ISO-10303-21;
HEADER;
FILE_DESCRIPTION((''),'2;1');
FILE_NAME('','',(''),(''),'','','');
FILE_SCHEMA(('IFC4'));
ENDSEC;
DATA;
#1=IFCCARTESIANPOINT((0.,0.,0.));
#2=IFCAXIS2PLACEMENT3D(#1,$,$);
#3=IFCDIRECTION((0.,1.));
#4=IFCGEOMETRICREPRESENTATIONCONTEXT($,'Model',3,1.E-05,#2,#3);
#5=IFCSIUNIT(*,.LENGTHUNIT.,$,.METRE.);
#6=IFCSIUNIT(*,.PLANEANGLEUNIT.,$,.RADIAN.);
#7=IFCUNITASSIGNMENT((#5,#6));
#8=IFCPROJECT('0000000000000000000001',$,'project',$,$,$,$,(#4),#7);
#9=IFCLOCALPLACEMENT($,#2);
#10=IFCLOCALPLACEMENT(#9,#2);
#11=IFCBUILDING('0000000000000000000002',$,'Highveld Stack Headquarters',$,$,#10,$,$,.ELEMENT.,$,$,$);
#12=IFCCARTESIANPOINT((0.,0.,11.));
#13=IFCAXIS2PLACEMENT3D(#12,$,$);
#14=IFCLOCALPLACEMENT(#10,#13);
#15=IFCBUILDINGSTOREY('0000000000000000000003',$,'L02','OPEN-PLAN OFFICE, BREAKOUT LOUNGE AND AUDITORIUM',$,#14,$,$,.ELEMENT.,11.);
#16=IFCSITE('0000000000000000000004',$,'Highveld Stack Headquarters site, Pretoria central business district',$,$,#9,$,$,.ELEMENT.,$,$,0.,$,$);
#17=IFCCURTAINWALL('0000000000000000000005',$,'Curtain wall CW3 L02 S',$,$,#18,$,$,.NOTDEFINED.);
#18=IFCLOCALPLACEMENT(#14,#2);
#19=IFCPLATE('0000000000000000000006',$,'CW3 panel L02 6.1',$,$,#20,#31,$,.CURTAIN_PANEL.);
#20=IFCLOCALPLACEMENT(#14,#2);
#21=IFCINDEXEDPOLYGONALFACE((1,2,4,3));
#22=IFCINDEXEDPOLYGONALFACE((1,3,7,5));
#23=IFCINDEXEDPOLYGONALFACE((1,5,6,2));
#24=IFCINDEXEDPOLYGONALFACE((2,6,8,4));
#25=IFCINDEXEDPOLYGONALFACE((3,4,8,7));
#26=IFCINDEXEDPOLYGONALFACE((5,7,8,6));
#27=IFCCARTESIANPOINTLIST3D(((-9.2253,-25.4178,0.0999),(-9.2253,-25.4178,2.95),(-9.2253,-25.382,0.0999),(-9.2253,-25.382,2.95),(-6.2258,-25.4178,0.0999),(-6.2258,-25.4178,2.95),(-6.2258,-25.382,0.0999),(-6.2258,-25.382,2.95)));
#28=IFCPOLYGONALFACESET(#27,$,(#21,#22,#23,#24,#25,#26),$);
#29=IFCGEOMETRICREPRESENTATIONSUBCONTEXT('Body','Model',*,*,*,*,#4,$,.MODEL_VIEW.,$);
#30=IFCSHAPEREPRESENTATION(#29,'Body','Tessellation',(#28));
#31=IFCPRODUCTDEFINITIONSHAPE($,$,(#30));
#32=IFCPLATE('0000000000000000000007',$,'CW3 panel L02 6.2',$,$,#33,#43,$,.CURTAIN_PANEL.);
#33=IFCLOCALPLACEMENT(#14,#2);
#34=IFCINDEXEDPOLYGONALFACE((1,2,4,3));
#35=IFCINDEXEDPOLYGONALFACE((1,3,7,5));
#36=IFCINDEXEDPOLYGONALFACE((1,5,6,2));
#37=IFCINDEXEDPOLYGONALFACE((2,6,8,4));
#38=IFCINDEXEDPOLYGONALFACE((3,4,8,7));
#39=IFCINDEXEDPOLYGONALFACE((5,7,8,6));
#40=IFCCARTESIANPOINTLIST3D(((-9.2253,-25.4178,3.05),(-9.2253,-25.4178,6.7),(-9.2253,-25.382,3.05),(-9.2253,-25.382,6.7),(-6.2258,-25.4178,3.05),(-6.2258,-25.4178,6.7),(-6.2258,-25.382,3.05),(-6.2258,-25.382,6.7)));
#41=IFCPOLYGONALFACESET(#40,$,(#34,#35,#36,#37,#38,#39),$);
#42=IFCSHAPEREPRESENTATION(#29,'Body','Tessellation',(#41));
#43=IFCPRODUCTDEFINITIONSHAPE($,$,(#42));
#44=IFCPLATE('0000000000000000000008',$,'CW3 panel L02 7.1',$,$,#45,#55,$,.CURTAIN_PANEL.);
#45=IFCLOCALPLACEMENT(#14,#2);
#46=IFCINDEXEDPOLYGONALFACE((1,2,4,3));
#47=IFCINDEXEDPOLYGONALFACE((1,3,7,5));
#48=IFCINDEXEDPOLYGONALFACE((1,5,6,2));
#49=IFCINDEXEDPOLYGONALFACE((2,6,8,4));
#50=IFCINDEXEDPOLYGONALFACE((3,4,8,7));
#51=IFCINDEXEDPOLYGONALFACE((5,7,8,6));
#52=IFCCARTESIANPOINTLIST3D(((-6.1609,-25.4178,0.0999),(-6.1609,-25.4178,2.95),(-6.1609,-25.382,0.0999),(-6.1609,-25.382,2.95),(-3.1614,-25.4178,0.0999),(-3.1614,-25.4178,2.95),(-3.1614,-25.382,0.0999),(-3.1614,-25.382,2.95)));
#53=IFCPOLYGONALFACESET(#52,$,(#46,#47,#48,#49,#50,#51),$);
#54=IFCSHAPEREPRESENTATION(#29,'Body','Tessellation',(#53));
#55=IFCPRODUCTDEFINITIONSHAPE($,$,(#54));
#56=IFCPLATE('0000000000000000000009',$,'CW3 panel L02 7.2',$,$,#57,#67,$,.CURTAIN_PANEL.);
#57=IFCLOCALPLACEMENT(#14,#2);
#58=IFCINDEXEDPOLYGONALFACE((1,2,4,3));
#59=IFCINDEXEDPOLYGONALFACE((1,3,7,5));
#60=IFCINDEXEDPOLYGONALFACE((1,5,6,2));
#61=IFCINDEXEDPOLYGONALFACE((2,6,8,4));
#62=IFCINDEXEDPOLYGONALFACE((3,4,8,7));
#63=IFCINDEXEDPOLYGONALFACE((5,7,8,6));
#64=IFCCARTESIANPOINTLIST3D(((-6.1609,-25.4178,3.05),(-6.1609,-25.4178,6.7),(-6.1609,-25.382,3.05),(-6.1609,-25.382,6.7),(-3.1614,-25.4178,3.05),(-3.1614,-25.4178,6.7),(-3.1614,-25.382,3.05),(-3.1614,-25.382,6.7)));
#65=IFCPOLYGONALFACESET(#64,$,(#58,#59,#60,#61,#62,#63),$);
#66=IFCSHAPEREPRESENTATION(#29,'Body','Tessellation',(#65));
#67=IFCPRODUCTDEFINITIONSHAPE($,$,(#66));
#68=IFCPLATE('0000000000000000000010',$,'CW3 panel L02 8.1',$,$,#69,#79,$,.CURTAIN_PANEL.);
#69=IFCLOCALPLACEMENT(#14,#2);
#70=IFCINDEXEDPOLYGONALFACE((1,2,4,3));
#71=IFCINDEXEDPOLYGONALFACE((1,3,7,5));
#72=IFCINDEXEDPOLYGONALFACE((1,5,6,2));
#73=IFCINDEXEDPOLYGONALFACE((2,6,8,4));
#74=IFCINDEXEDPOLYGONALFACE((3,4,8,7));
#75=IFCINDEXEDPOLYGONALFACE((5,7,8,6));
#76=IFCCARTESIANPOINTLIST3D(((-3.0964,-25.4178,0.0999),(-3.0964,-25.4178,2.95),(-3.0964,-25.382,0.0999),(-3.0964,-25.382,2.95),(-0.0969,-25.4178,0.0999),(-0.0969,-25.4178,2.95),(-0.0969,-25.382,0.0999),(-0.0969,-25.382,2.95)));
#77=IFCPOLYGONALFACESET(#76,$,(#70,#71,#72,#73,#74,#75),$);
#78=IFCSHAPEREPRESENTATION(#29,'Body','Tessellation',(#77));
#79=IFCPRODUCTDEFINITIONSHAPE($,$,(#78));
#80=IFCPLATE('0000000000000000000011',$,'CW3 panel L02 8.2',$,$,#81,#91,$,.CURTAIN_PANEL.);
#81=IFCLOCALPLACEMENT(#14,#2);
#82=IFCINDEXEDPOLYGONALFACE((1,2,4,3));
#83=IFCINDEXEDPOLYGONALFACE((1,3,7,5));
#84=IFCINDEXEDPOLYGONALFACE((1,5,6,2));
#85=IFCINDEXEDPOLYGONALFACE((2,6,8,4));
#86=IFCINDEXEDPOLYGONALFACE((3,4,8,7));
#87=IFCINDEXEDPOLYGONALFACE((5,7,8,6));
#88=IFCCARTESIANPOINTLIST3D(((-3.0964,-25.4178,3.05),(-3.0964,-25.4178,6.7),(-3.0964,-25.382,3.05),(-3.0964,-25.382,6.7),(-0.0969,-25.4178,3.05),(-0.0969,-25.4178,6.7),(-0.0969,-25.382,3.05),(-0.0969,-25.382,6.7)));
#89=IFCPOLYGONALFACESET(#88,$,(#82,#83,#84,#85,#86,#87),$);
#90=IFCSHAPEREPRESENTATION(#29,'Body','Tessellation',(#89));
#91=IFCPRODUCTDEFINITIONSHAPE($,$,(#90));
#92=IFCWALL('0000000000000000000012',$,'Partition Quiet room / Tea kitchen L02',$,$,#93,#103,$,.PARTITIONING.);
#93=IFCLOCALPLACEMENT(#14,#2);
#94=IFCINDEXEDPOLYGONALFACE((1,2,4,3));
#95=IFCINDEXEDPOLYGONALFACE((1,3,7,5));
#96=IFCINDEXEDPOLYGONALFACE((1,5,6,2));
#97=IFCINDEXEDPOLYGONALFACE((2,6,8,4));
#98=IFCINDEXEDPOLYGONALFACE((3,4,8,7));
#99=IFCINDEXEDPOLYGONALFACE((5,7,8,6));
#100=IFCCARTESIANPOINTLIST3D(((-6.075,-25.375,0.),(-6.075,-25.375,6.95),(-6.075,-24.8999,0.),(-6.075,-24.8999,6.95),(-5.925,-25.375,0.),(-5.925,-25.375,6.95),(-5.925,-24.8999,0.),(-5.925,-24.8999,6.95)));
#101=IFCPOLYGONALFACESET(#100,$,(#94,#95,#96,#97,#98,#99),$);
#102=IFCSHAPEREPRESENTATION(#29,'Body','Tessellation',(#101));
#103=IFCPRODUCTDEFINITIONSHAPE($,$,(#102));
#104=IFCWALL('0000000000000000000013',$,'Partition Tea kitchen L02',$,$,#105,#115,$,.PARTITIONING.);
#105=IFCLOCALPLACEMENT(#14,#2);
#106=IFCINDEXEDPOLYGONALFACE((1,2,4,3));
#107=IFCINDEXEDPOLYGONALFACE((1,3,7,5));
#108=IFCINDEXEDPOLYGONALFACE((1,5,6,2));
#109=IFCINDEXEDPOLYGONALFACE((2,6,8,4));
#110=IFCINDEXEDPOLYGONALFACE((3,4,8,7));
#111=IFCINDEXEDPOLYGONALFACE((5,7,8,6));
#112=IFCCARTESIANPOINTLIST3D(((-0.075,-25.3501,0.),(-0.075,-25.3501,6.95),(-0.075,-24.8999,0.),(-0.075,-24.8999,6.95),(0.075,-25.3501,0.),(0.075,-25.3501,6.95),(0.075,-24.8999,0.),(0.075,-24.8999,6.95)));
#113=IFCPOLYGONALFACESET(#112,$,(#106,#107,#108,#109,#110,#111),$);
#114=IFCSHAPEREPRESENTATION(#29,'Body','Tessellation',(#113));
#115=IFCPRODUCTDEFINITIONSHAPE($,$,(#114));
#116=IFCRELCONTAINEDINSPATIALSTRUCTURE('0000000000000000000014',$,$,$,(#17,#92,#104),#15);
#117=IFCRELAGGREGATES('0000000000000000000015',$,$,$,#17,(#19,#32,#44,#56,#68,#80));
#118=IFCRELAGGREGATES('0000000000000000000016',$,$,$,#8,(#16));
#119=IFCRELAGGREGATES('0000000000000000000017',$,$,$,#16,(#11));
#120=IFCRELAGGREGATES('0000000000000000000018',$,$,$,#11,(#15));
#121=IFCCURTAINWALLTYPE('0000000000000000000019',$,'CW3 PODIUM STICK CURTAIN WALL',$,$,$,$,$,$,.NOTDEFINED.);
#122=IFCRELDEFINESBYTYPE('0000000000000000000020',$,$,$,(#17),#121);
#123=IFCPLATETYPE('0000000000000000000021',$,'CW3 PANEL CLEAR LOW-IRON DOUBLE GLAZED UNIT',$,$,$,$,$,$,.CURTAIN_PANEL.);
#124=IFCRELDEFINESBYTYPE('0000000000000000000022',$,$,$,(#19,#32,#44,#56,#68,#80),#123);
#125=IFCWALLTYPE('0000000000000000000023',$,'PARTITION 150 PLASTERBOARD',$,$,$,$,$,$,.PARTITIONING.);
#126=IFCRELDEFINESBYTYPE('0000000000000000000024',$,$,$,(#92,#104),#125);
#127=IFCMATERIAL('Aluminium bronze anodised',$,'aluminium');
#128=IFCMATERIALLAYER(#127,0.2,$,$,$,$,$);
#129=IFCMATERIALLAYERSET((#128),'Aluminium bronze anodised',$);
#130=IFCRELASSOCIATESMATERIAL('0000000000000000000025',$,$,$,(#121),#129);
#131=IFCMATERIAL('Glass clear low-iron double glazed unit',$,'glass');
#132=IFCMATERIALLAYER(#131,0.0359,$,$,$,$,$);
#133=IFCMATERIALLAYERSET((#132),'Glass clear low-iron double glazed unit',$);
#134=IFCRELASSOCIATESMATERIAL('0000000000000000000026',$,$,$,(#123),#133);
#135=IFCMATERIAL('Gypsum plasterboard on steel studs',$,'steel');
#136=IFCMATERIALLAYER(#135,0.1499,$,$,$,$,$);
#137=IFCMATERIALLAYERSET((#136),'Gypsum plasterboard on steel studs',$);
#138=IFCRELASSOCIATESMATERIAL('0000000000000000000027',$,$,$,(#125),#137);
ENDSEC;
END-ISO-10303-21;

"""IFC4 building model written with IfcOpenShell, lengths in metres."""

from ifc_helpers import new_model, si_unit, direction, frame, frame_2d, origin, origin_2d, place, context, subcontext, project, spatial, rectangle, extrude, material, layer, layer_set, type_object, element, aggregate, save


model = new_model("IFC4")

# Units and contexts
model_context = context("Model", 3, precision=1e-05, world=origin(), true_north=direction((0.0, 1.0)))
body_context = subcontext(model_context, "Body", "Model", "MODEL_VIEW")
ifc_project = project(units=[si_unit("LENGTHUNIT", "METRE"), si_unit("PLANEANGLEUNIT", "RADIAN")], contexts=[model_context])

# Site, building, storey
site_placement = place(None, origin())
site = spatial("IfcSite", under=ifc_project, at=site_placement, Name="Highveld Stack Headquarters site, Pretoria central business district", CompositionType="ELEMENT", RefElevation=0.0)
building_placement = place(site_placement, origin())
building = spatial("IfcBuilding", under=site, at=building_placement, Name="Highveld Stack Headquarters", CompositionType="ELEMENT")
storey_placement = place(building_placement, frame((0.0, 0.0, 11.0)))
storey = spatial("IfcBuildingStorey", under=building, at=storey_placement, Name="L02", Description="OPEN-PLAN OFFICE, BREAKOUT LOUNGE AND AUDITORIUM", CompositionType="ELEMENT", Elevation=11.0)

# Curtain wall, plates
ifc_material_1 = material(Name="Aluminium bronze anodised", Category="aluminium")
ifc_layer_1 = layer(ifc_material_1, 0.2)
ifc_layer_set_1 = layer_set([ifc_layer_1], Name="Aluminium bronze anodised")
curtain_wall_type = type_object("IfcCurtainWallType", Name="CW3 PODIUM STICK CURTAIN WALL", PredefinedType="NOTDEFINED", material=ifc_layer_set_1)
curtain_wall_placement = place(storey_placement, origin())
curtain_wall = element("IfcCurtainWall", 1, at=curtain_wall_placement, inside=storey, type_object=curtain_wall_type, Name="Curtain wall CW3 L02 S", PredefinedType="NOTDEFINED")
ifc_material_2 = material(Name="Glass clear low-iron double glazed unit", Category="glass")
ifc_layer_2 = layer(ifc_material_2, 0.0359)
ifc_layer_set_2 = layer_set([ifc_layer_2], Name="Glass clear low-iron double glazed unit")
plate_type = type_object("IfcPlateType", Name="CW3 PANEL CLEAR LOW-IRON DOUBLE GLAZED UNIT", PredefinedType="CURTAIN_PANEL", material=ifc_layer_set_2)
plate_1_placement = place(storey_placement, frame((-7.7256, -25.3999, 0.0999), z_axis=(0.0, 0.0, 1.0), x_axis=(1.0, 0.0, 0.0)))
plate_1 = element("IfcPlate", 2, at=plate_1_placement, type_object=plate_type, Name="CW3 panel L02 6.1", PredefinedType="CURTAIN_PANEL", context=body_context, shape_type="SweptSolid", body=[
    extrude(rectangle(XDim=2.9995, YDim=0.0359, at=origin_2d()), origin(), (0.0, 0.0, 1.0), 2.8501),
])
plate_2_placement = place(storey_placement, frame((-7.7256, -25.3999, 3.05), z_axis=(0.0, 0.0, 1.0), x_axis=(1.0, 0.0, 0.0)))
plate_2 = element("IfcPlate", 3, at=plate_2_placement, type_object=plate_type, Name="CW3 panel L02 6.2", PredefinedType="CURTAIN_PANEL", context=body_context, shape_type="SweptSolid", body=[
    extrude(rectangle(XDim=2.9995, YDim=0.0359, at=origin_2d()), origin(), (0.0, 0.0, 1.0), 3.6499),
])
plate_3_placement = place(storey_placement, frame((-4.6611, -25.3999, 0.0999), z_axis=(0.0, 0.0, 1.0), x_axis=(1.0, 0.0, 0.0)))
plate_3 = element("IfcPlate", 4, at=plate_3_placement, type_object=plate_type, Name="CW3 panel L02 7.1", PredefinedType="CURTAIN_PANEL", context=body_context, shape_type="SweptSolid", body=[
    extrude(rectangle(XDim=2.9995, YDim=0.0359, at=origin_2d()), origin(), (0.0, 0.0, 1.0), 2.8501),
])
plate_4_placement = place(storey_placement, frame((-4.6611, -25.3999, 3.05), z_axis=(0.0, 0.0, 1.0), x_axis=(1.0, 0.0, 0.0)))
plate_4 = element("IfcPlate", 5, at=plate_4_placement, type_object=plate_type, Name="CW3 panel L02 7.2", PredefinedType="CURTAIN_PANEL", context=body_context, shape_type="SweptSolid", body=[
    extrude(rectangle(XDim=2.9995, YDim=0.0359, at=origin_2d()), origin(), (0.0, 0.0, 1.0), 3.6499),
])
plate_5_placement = place(storey_placement, frame((-1.5967, -25.3999, 0.0999), z_axis=(0.0, 0.0, 1.0), x_axis=(1.0, 0.0, 0.0)))
plate_5 = element("IfcPlate", 6, at=plate_5_placement, type_object=plate_type, Name="CW3 panel L02 8.1", PredefinedType="CURTAIN_PANEL", context=body_context, shape_type="SweptSolid", body=[
    extrude(rectangle(XDim=2.9995, YDim=0.0359, at=origin_2d()), origin(), (0.0, 0.0, 1.0), 2.8501),
])
plate_6_placement = place(storey_placement, frame((-1.5967, -25.3999, 3.05), z_axis=(0.0, 0.0, 1.0), x_axis=(1.0, 0.0, 0.0)))
plate_6 = element("IfcPlate", 7, at=plate_6_placement, type_object=plate_type, Name="CW3 panel L02 8.2", PredefinedType="CURTAIN_PANEL", context=body_context, shape_type="SweptSolid", body=[
    extrude(rectangle(XDim=2.9995, YDim=0.0359, at=origin_2d()), origin(), (0.0, 0.0, 1.0), 3.6499),
])
aggregate(curtain_wall, [plate_1, plate_2, plate_3, plate_4, plate_5, plate_6])

# Walls
ifc_material_3 = material(Name="Gypsum plasterboard on steel studs", Category="steel")
ifc_layer_3 = layer(ifc_material_3, 0.1499)
ifc_layer_set_3 = layer_set([ifc_layer_3], Name="Gypsum plasterboard on steel studs")
wall_type = type_object("IfcWallType", Name="PARTITION 150 PLASTERBOARD", PredefinedType="PARTITIONING", material=ifc_layer_set_3)
wall_1_placement = place(storey_placement, frame((-6.0, -25.375, 0.0), z_axis=(0.0, 0.0, 1.0), x_axis=(0.0, 1.0, 0.0)))
element("IfcWall", 8, at=wall_1_placement, inside=storey, type_object=wall_type, Name="Partition Quiet room / Tea kitchen L02", PredefinedType="PARTITIONING", context=body_context, shape_type="SweptSolid", body=[
    extrude(rectangle(XDim=0.4751, YDim=0.1499, at=frame_2d((0.2375, 0.0))), origin(), (0.0, 0.0, 1.0), 6.95),
])
wall_2_placement = place(storey_placement, frame((0.0, -25.3501, 0.0), z_axis=(0.0, 0.0, 1.0), x_axis=(0.0, 1.0, 0.0)))
element("IfcWall", 9, at=wall_2_placement, inside=storey, type_object=wall_type, Name="Partition Tea kitchen L02", PredefinedType="PARTITIONING", context=body_context, shape_type="SweptSolid", body=[
    extrude(rectangle(XDim=0.4502, YDim=0.1499, at=frame_2d((0.2251, 0.0))), origin(), (0.0, 0.0, 1.0), 6.95),
])

save(model, "model.ifc")
